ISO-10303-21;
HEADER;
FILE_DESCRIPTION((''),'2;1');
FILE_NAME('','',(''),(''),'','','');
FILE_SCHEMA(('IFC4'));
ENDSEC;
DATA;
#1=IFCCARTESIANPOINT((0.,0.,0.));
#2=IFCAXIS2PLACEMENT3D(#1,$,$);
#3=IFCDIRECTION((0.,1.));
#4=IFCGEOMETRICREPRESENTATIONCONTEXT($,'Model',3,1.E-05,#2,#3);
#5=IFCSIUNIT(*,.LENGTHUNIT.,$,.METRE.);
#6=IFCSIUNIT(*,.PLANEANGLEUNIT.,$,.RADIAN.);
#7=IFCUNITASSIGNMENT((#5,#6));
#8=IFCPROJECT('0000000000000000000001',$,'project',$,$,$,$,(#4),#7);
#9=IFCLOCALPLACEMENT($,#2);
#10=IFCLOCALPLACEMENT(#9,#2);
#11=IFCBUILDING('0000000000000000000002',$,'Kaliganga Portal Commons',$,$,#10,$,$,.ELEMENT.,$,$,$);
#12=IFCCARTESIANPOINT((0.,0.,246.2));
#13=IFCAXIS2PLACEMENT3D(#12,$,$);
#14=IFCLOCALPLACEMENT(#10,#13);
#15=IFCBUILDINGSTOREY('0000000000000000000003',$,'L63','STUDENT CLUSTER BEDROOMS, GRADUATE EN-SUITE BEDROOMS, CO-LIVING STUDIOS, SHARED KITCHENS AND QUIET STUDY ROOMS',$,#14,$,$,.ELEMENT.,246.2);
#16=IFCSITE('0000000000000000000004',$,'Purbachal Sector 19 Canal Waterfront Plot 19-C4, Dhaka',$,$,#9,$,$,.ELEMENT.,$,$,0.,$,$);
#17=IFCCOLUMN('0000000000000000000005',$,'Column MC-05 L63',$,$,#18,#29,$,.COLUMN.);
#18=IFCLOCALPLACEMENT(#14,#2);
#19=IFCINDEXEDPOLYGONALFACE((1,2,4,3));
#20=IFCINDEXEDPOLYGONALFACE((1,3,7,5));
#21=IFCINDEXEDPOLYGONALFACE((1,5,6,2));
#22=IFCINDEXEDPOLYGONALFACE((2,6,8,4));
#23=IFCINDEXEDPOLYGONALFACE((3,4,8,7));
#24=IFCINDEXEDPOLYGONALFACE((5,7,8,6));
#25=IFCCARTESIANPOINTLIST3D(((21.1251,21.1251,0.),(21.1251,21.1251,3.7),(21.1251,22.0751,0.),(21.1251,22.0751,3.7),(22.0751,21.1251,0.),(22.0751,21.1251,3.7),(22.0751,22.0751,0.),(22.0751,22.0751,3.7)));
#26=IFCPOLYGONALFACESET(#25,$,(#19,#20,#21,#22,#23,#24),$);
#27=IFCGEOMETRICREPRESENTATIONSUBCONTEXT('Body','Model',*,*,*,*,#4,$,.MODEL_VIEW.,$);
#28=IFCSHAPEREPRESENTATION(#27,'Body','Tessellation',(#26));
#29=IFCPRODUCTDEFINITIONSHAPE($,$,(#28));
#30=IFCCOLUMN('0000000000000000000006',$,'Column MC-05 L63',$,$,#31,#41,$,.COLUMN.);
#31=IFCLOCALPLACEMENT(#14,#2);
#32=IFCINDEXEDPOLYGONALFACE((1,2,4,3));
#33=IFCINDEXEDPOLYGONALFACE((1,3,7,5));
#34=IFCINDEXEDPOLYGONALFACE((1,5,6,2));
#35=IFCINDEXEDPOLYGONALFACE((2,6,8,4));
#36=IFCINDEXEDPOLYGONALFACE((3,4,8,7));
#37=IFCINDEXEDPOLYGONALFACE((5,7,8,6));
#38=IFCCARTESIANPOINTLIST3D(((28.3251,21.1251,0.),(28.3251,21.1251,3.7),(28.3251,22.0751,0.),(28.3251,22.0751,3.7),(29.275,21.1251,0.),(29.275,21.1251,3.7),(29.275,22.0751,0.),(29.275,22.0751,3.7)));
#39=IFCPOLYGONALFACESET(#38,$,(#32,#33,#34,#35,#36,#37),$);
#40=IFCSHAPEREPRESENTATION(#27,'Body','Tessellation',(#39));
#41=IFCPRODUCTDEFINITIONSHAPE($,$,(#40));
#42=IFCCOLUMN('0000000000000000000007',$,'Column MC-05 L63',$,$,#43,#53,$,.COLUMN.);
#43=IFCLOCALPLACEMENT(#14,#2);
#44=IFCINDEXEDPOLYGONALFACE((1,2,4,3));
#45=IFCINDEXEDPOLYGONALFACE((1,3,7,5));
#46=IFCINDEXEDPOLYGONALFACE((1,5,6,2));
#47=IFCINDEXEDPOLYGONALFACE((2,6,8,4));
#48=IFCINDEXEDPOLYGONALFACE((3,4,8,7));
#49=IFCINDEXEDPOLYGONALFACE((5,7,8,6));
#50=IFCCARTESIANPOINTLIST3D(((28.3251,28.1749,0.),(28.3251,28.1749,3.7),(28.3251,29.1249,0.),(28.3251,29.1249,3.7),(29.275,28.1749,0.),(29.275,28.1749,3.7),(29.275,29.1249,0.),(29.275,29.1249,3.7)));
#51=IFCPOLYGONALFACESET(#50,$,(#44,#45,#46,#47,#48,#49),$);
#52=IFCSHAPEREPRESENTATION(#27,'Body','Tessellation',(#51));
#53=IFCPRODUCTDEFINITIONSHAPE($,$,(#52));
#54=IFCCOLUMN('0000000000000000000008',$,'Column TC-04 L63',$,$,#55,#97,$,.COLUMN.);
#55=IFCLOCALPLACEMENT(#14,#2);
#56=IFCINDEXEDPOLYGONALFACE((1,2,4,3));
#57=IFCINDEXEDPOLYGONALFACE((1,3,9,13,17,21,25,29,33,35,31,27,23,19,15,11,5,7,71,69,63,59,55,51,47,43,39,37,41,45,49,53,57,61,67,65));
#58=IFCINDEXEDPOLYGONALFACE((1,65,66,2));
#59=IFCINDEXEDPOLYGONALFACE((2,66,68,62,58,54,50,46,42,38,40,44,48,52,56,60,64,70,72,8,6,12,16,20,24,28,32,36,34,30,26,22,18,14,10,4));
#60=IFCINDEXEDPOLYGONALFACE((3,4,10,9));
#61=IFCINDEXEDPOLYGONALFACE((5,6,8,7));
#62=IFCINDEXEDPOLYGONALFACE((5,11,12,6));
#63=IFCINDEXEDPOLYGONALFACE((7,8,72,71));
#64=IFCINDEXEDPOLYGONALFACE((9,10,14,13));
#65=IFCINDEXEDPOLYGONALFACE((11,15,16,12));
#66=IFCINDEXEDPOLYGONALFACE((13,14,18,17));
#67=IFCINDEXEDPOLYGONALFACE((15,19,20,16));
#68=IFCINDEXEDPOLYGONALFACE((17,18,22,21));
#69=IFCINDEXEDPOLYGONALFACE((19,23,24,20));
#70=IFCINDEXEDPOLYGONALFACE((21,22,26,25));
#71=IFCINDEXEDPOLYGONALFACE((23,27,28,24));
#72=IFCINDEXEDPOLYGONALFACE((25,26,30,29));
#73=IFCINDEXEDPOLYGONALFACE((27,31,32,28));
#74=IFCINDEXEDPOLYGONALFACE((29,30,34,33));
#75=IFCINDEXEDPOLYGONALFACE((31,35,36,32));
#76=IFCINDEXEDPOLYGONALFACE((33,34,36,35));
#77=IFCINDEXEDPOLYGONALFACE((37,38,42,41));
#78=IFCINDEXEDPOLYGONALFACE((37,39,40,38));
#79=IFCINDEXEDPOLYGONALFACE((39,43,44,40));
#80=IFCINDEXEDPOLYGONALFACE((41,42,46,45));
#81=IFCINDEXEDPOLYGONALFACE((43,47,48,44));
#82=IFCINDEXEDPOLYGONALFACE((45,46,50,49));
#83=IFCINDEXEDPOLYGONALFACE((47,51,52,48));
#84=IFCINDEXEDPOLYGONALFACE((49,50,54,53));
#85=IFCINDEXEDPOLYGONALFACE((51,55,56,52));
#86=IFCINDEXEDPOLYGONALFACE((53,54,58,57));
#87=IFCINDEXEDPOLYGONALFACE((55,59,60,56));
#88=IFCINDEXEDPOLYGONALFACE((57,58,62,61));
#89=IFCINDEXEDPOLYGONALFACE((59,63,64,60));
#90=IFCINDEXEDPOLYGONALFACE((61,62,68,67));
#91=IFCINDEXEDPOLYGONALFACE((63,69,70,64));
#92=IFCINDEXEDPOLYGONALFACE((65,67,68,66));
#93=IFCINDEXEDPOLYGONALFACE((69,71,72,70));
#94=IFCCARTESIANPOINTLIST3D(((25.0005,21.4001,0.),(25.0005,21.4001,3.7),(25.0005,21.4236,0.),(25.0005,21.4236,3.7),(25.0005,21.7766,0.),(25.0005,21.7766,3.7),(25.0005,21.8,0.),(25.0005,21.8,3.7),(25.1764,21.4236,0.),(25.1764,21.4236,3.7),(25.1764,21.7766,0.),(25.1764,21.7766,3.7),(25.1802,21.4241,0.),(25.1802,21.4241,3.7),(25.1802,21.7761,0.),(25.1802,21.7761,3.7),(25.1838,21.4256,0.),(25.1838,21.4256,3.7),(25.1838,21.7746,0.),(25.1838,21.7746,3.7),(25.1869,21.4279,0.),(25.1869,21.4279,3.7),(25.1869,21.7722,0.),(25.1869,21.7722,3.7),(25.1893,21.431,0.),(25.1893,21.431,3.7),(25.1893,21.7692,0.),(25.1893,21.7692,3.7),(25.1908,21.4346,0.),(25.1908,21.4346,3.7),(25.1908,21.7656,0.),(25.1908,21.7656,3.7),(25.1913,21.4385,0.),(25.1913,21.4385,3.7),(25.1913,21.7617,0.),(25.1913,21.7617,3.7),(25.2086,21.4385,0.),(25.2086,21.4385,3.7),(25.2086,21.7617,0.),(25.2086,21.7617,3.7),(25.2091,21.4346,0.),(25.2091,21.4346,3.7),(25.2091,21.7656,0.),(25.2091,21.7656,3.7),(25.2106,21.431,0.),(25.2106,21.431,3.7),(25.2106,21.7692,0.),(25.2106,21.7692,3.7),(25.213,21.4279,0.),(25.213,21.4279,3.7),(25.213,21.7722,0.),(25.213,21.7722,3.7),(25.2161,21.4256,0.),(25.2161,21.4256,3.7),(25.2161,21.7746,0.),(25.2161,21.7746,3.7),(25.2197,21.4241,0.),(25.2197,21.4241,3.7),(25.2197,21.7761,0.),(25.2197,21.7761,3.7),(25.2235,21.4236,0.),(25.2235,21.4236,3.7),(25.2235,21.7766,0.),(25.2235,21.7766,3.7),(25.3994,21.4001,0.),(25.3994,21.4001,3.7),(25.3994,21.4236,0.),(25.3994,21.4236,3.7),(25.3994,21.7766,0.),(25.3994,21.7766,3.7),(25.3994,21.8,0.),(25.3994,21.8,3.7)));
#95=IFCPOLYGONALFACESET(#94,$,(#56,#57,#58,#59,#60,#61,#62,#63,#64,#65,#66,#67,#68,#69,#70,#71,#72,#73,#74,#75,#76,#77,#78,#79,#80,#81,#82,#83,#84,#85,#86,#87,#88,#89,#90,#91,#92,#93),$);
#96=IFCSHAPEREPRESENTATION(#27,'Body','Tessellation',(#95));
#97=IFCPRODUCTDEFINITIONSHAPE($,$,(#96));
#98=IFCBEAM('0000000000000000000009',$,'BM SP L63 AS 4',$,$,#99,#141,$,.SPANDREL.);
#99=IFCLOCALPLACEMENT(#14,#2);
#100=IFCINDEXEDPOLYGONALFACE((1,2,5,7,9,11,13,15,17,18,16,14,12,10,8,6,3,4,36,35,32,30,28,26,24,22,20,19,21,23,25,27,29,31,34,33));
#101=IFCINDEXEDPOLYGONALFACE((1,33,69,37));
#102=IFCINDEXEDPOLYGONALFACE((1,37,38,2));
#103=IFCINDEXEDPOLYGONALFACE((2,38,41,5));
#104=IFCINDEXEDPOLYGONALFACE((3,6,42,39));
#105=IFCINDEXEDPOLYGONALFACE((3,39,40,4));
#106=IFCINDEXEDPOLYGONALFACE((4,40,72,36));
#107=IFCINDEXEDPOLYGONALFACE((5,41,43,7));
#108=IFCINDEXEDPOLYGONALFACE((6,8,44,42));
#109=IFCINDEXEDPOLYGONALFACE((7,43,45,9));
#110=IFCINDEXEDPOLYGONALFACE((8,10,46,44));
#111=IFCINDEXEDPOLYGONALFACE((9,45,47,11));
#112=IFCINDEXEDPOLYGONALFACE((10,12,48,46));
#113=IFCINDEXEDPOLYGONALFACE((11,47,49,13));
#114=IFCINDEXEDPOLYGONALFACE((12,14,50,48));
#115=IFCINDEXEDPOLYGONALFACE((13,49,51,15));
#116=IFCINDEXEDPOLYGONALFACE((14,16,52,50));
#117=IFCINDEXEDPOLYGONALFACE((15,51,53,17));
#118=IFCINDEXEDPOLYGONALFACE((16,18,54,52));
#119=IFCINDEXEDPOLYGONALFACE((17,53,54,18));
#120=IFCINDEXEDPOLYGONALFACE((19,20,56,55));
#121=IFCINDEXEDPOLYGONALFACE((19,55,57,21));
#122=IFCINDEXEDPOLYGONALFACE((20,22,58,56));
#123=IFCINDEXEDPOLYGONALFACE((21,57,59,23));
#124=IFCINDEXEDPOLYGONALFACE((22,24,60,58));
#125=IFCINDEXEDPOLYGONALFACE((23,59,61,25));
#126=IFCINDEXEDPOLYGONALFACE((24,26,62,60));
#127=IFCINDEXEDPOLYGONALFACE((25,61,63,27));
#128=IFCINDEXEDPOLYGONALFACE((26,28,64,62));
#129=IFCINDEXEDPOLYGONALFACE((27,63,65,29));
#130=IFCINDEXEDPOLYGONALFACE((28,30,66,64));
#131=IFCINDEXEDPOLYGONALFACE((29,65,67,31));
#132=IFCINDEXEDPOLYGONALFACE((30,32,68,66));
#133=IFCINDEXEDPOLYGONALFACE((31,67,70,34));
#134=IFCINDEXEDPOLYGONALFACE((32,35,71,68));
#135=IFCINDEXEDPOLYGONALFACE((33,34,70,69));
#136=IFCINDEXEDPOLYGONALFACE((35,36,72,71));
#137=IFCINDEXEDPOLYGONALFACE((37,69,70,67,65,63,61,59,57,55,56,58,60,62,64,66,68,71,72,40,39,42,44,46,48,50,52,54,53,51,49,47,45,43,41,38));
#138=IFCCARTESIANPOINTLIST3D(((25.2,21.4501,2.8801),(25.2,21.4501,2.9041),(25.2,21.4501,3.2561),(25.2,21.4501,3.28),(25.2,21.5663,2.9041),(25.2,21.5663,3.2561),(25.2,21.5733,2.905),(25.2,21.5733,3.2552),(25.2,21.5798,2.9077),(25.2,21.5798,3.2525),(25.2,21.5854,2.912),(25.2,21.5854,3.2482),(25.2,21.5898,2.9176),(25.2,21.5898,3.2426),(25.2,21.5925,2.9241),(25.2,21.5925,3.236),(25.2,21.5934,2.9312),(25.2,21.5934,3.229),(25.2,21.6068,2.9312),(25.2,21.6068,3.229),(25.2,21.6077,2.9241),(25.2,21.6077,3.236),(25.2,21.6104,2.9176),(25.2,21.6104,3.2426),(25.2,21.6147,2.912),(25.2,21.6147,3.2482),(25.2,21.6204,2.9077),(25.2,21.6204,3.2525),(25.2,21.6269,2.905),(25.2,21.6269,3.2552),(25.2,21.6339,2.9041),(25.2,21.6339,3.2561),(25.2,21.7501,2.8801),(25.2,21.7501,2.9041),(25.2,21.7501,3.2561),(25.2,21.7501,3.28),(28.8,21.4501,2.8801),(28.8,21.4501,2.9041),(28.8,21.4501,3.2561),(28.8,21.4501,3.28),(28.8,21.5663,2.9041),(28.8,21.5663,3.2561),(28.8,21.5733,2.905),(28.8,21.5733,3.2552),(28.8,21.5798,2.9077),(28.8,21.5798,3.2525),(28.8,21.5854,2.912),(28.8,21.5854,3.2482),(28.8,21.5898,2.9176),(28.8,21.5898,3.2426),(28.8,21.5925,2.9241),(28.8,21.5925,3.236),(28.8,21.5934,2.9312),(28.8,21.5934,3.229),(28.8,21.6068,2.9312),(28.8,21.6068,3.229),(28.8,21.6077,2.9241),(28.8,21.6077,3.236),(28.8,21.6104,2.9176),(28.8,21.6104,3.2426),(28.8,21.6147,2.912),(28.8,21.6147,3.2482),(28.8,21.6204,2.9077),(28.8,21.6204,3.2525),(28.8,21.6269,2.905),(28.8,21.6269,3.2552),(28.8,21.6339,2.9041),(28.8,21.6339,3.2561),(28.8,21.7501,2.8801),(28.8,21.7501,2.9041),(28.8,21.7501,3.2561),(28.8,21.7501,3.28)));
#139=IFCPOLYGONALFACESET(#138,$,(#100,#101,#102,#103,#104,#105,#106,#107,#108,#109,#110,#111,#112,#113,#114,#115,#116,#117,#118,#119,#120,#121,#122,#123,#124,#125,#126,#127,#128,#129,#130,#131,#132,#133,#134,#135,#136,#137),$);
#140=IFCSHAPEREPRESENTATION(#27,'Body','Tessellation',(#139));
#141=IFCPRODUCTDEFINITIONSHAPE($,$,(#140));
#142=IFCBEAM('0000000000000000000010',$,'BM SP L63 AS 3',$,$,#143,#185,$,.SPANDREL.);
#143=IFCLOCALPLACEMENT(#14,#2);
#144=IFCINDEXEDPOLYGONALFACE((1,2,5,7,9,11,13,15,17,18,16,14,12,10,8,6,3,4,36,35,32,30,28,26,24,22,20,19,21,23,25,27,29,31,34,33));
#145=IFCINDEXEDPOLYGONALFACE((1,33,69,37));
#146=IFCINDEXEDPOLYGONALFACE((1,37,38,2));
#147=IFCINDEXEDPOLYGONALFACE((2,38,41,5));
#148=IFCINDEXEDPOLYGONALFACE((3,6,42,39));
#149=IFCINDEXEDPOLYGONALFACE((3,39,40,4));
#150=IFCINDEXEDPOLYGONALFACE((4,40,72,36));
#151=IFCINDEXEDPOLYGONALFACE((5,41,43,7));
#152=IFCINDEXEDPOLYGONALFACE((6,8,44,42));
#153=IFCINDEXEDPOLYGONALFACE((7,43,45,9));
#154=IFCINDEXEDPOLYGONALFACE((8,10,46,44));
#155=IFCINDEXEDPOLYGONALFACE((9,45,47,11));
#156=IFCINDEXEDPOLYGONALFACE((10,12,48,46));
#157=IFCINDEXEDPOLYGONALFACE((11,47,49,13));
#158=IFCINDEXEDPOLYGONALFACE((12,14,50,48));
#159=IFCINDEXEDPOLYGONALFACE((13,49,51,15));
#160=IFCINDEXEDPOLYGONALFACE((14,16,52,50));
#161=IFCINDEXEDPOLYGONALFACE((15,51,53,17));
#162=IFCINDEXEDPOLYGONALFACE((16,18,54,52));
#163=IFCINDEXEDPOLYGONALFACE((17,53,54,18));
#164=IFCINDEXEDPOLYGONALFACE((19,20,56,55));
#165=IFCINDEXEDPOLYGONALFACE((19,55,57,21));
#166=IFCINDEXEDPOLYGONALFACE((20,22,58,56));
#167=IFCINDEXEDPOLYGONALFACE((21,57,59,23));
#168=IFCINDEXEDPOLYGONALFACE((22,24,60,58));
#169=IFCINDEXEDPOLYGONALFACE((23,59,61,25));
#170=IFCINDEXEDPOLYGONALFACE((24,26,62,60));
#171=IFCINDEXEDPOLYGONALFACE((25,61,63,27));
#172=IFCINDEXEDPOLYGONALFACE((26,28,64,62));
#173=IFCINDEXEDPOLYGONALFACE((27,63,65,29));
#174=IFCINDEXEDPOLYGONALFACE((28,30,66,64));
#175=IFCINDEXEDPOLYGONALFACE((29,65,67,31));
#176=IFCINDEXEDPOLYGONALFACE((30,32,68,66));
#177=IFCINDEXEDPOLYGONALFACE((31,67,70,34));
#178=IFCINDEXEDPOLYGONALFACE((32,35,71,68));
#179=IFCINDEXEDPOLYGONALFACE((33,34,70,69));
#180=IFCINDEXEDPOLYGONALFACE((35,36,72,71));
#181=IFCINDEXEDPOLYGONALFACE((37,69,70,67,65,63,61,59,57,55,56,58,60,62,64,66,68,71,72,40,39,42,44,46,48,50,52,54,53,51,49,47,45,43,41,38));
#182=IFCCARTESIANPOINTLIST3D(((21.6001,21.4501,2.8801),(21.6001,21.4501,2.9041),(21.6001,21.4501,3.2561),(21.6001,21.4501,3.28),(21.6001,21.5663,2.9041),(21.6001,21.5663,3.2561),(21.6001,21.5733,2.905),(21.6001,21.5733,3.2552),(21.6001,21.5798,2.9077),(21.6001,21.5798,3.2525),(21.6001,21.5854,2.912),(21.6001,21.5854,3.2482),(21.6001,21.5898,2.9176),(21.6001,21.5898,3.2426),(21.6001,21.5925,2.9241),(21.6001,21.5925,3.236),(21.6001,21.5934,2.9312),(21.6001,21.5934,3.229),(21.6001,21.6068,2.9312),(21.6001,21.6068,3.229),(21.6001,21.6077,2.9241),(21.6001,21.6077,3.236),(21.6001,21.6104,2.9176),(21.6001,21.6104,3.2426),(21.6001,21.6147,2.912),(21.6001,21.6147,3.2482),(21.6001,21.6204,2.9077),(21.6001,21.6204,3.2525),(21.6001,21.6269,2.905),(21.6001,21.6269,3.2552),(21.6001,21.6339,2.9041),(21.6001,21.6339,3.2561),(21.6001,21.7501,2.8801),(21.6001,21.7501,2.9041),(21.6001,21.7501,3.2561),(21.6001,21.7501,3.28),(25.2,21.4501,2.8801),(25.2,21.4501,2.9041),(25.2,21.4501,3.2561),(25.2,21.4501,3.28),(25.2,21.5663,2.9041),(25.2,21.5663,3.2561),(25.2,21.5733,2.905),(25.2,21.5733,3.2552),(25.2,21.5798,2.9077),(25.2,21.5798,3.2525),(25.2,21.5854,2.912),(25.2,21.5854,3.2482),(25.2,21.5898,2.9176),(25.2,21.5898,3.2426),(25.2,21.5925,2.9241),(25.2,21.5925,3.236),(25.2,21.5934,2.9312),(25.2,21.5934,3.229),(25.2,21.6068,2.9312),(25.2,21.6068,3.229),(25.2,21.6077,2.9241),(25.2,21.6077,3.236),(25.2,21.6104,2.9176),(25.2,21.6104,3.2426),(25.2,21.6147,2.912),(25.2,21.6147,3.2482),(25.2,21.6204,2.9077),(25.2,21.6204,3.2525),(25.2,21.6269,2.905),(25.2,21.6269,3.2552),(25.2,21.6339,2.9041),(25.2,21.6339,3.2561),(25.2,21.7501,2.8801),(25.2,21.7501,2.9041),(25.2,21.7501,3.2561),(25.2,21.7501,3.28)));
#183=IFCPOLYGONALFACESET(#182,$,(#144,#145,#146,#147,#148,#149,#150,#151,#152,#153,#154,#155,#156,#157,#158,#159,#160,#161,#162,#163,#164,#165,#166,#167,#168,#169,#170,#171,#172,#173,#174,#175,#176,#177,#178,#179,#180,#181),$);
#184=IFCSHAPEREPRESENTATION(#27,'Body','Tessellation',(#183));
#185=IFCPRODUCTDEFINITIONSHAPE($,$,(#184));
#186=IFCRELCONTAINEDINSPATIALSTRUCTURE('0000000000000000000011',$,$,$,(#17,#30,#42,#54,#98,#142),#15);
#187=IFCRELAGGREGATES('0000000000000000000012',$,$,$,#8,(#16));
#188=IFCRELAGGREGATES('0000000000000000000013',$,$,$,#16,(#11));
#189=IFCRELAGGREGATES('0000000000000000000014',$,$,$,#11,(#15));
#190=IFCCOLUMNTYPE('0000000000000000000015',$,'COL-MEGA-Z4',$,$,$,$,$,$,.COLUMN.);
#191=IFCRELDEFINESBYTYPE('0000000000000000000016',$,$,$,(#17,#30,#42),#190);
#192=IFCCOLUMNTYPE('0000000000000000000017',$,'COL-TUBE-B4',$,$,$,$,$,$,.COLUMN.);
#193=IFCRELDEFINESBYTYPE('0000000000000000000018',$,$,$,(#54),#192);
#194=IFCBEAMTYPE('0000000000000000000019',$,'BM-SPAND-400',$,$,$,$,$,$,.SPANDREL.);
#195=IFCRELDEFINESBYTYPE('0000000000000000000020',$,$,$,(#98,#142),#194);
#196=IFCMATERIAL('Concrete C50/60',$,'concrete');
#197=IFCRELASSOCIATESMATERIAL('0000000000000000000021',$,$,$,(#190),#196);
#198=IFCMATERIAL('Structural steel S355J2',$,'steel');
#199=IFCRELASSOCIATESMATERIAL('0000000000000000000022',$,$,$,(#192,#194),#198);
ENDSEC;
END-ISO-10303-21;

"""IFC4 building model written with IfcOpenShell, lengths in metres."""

from ifc_helpers import new_model, si_unit, direction, frame, origin, origin_2d, place, context, subcontext, project, spatial, rectangle, i_section, extrude, source, transform, mapped, material, material_profile, profile_set, type_object, element, save


model = new_model("IFC4")

# Units and contexts
model_context = context("Model", 3, precision=1e-05, world=origin(), true_north=direction((0.0, 1.0)))
body_context = subcontext(model_context, "Body", "Model", "MODEL_VIEW")
ifc_project = project(units=[si_unit("LENGTHUNIT", "METRE"), si_unit("PLANEANGLEUNIT", "RADIAN")], contexts=[model_context])

# Site, building, storey
site_placement = place(None, origin())
site = spatial("IfcSite", under=ifc_project, at=site_placement, Name="Purbachal Sector 19 Canal Waterfront Plot 19-C4, Dhaka", CompositionType="ELEMENT", RefElevation=0.0)
building_placement = place(site_placement, origin())
building = spatial("IfcBuilding", under=site, at=building_placement, Name="Kaliganga Portal Commons", CompositionType="ELEMENT")
storey_placement = place(building_placement, frame((0.0, 0.0, 246.2)))
storey = spatial("IfcBuildingStorey", under=building, at=storey_placement, Name="L63", Description="STUDENT CLUSTER BEDROOMS, GRADUATE EN-SUITE BEDROOMS, CO-LIVING STUDIOS, SHARED KITCHENS AND QUIET STUDY ROOMS", CompositionType="ELEMENT", Elevation=246.2)

# Columns
ifc_material_1 = material(Name="Concrete C50/60", Category="concrete")
ifc_material_profile_1 = material_profile(ifc_material_1, rectangle(XDim=0.95, YDim=0.95, at=origin_2d()), Name="RC 950x950")
ifc_profile_set_1 = profile_set([ifc_material_profile_1], Name="Concrete C50/60")
column_type_1 = type_object("IfcColumnType", Name="COL-MEGA-Z4", PredefinedType="COLUMN", material=ifc_profile_set_1)
shared_shape_1 = source(origin(), body_context, "Body", "SweptSolid", [
    extrude(rectangle(XDim=0.95, YDim=0.95, at=origin_2d()), origin(), (0.0, 0.0, 1.0), 3.7),
])
for number, where, z_axis, x_axis, name in (
    (1, (21.6001, 21.6001, 0.0), (0.0, 0.0, 1.0), (1.0, 0.0, 0.0), "Column MC-05 L63"),
    (2, (28.8, 21.6001, 0.0), (0.0, 0.0, 1.0), (1.0, 0.0, 0.0), "Column MC-05 L63"),
    (3, (28.8, 28.6499, 0.0), (0.0, 0.0, 1.0), (1.0, 0.0, 0.0), "Column MC-05 L63"),
):
    element("IfcColumn", number, at=place(storey_placement, frame(where, z_axis=z_axis, x_axis=x_axis)), inside=storey, type_object=column_type_1, Name=name, PredefinedType="COLUMN", context=body_context, shape_type="MappedRepresentation", body=[
        mapped(shared_shape_1, transform((0.0, 0.0, 0.0), x_axis=(1.0, 0.0, 0.0), y_axis=(0.0, 1.0, 0.0), z_axis=(0.0, 0.0, 1.0), scale=1.0)),
    ])
ifc_material_2 = material(Name="Structural steel S355J2", Category="steel")
ifc_material_profile_2 = material_profile(ifc_material_2, i_section(OverallWidth=0.3989, OverallDepth=0.3999, WebThickness=0.0173, FlangeThickness=0.0234, FilletRadius=0.0149, at=origin_2d()), Name="HD 400x287")
ifc_profile_set_2 = profile_set([ifc_material_profile_2], Name="Structural steel S355J2 wide-flange")
column_type_2 = type_object("IfcColumnType", Name="COL-TUBE-B4", PredefinedType="COLUMN", material=ifc_profile_set_2)
shared_shape_2 = source(origin(), body_context, "Body", "SweptSolid", [
    extrude(i_section(OverallWidth=0.3989, OverallDepth=0.3999, WebThickness=0.0173, FlangeThickness=0.0234, FilletRadius=0.0149, at=origin_2d()), origin(), (0.0, 0.0, 1.0), 3.7),
])
column_placement = place(storey_placement, frame((25.2, 21.6001, 0.0), z_axis=(0.0, 0.0, 1.0), x_axis=(1.0, 0.0, 0.0)))
element("IfcColumn", 4, at=column_placement, inside=storey, type_object=column_type_2, Name="Column TC-04 L63", PredefinedType="COLUMN", context=body_context, shape_type="MappedRepresentation", body=[
    mapped(shared_shape_2, transform((0.0, 0.0, 0.0), x_axis=(1.0, 0.0, 0.0), y_axis=(0.0, 1.0, 0.0), z_axis=(0.0, 0.0, 1.0), scale=1.0)),
])

# Beams
ifc_material_profile_3 = material_profile(ifc_material_2, i_section(OverallWidth=0.3, OverallDepth=0.3999, WebThickness=0.0134, FlangeThickness=0.0239, FilletRadius=0.0271, at=origin_2d()), Name="HE 400 B")
ifc_profile_set_3 = profile_set([ifc_material_profile_3], Name="Structural steel S355J2 wide-flange")
beam_type_1 = type_object("IfcBeamType", Name="BM-SPAND-400", PredefinedType="SPANDREL", material=ifc_profile_set_3)
shared_shape_3 = source(origin(), body_context, "Body", "SweptSolid", [
    extrude(i_section(OverallWidth=0.3, OverallDepth=0.3999, WebThickness=0.0134, FlangeThickness=0.0239, FilletRadius=0.0271, at=origin_2d()), origin(), (0.0, 0.0, 1.0), 3.6001),
])
beam_1_placement = place(storey_placement, frame((25.2, 21.6001, 3.0801), z_axis=(1.0, 0.0, 0.0), x_axis=(0.0, 1.0, 0.0)))
element("IfcBeam", 5, at=beam_1_placement, inside=storey, type_object=beam_type_1, Name="BM SP L63 AS 4", PredefinedType="SPANDREL", context=body_context, shape_type="MappedRepresentation", body=[
    mapped(shared_shape_3, transform((0.0, 0.0, 0.0), x_axis=(1.0, 0.0, 0.0), y_axis=(0.0, 1.0, 0.0), z_axis=(0.0, 0.0, 1.0), scale=1.0)),
])
shared_shape_4 = source(origin(), body_context, "Body", "SweptSolid", [
    extrude(i_section(OverallWidth=0.3, OverallDepth=0.3999, WebThickness=0.0134, FlangeThickness=0.0239, FilletRadius=0.0271, at=origin_2d()), origin(), (0.0, 0.0, 1.0), 3.5999),
])
for number, where, z_axis, x_axis, name in (
    (6, (21.6001, 21.6001, 3.0801), (1.0, 0.0, 0.0), (0.0, 1.0, 0.0), "BM SP L63 AS 3"),
):
    element("IfcBeam", number, at=place(storey_placement, frame(where, z_axis=z_axis, x_axis=x_axis)), inside=storey, type_object=beam_type_1, Name=name, PredefinedType="SPANDREL", context=body_context, shape_type="MappedRepresentation", body=[
        mapped(shared_shape_4, transform((0.0, 0.0, 0.0), x_axis=(1.0, 0.0, 0.0), y_axis=(0.0, 1.0, 0.0), z_axis=(0.0, 0.0, 1.0), scale=1.0)),
    ])

save(model, "model.ifc")
